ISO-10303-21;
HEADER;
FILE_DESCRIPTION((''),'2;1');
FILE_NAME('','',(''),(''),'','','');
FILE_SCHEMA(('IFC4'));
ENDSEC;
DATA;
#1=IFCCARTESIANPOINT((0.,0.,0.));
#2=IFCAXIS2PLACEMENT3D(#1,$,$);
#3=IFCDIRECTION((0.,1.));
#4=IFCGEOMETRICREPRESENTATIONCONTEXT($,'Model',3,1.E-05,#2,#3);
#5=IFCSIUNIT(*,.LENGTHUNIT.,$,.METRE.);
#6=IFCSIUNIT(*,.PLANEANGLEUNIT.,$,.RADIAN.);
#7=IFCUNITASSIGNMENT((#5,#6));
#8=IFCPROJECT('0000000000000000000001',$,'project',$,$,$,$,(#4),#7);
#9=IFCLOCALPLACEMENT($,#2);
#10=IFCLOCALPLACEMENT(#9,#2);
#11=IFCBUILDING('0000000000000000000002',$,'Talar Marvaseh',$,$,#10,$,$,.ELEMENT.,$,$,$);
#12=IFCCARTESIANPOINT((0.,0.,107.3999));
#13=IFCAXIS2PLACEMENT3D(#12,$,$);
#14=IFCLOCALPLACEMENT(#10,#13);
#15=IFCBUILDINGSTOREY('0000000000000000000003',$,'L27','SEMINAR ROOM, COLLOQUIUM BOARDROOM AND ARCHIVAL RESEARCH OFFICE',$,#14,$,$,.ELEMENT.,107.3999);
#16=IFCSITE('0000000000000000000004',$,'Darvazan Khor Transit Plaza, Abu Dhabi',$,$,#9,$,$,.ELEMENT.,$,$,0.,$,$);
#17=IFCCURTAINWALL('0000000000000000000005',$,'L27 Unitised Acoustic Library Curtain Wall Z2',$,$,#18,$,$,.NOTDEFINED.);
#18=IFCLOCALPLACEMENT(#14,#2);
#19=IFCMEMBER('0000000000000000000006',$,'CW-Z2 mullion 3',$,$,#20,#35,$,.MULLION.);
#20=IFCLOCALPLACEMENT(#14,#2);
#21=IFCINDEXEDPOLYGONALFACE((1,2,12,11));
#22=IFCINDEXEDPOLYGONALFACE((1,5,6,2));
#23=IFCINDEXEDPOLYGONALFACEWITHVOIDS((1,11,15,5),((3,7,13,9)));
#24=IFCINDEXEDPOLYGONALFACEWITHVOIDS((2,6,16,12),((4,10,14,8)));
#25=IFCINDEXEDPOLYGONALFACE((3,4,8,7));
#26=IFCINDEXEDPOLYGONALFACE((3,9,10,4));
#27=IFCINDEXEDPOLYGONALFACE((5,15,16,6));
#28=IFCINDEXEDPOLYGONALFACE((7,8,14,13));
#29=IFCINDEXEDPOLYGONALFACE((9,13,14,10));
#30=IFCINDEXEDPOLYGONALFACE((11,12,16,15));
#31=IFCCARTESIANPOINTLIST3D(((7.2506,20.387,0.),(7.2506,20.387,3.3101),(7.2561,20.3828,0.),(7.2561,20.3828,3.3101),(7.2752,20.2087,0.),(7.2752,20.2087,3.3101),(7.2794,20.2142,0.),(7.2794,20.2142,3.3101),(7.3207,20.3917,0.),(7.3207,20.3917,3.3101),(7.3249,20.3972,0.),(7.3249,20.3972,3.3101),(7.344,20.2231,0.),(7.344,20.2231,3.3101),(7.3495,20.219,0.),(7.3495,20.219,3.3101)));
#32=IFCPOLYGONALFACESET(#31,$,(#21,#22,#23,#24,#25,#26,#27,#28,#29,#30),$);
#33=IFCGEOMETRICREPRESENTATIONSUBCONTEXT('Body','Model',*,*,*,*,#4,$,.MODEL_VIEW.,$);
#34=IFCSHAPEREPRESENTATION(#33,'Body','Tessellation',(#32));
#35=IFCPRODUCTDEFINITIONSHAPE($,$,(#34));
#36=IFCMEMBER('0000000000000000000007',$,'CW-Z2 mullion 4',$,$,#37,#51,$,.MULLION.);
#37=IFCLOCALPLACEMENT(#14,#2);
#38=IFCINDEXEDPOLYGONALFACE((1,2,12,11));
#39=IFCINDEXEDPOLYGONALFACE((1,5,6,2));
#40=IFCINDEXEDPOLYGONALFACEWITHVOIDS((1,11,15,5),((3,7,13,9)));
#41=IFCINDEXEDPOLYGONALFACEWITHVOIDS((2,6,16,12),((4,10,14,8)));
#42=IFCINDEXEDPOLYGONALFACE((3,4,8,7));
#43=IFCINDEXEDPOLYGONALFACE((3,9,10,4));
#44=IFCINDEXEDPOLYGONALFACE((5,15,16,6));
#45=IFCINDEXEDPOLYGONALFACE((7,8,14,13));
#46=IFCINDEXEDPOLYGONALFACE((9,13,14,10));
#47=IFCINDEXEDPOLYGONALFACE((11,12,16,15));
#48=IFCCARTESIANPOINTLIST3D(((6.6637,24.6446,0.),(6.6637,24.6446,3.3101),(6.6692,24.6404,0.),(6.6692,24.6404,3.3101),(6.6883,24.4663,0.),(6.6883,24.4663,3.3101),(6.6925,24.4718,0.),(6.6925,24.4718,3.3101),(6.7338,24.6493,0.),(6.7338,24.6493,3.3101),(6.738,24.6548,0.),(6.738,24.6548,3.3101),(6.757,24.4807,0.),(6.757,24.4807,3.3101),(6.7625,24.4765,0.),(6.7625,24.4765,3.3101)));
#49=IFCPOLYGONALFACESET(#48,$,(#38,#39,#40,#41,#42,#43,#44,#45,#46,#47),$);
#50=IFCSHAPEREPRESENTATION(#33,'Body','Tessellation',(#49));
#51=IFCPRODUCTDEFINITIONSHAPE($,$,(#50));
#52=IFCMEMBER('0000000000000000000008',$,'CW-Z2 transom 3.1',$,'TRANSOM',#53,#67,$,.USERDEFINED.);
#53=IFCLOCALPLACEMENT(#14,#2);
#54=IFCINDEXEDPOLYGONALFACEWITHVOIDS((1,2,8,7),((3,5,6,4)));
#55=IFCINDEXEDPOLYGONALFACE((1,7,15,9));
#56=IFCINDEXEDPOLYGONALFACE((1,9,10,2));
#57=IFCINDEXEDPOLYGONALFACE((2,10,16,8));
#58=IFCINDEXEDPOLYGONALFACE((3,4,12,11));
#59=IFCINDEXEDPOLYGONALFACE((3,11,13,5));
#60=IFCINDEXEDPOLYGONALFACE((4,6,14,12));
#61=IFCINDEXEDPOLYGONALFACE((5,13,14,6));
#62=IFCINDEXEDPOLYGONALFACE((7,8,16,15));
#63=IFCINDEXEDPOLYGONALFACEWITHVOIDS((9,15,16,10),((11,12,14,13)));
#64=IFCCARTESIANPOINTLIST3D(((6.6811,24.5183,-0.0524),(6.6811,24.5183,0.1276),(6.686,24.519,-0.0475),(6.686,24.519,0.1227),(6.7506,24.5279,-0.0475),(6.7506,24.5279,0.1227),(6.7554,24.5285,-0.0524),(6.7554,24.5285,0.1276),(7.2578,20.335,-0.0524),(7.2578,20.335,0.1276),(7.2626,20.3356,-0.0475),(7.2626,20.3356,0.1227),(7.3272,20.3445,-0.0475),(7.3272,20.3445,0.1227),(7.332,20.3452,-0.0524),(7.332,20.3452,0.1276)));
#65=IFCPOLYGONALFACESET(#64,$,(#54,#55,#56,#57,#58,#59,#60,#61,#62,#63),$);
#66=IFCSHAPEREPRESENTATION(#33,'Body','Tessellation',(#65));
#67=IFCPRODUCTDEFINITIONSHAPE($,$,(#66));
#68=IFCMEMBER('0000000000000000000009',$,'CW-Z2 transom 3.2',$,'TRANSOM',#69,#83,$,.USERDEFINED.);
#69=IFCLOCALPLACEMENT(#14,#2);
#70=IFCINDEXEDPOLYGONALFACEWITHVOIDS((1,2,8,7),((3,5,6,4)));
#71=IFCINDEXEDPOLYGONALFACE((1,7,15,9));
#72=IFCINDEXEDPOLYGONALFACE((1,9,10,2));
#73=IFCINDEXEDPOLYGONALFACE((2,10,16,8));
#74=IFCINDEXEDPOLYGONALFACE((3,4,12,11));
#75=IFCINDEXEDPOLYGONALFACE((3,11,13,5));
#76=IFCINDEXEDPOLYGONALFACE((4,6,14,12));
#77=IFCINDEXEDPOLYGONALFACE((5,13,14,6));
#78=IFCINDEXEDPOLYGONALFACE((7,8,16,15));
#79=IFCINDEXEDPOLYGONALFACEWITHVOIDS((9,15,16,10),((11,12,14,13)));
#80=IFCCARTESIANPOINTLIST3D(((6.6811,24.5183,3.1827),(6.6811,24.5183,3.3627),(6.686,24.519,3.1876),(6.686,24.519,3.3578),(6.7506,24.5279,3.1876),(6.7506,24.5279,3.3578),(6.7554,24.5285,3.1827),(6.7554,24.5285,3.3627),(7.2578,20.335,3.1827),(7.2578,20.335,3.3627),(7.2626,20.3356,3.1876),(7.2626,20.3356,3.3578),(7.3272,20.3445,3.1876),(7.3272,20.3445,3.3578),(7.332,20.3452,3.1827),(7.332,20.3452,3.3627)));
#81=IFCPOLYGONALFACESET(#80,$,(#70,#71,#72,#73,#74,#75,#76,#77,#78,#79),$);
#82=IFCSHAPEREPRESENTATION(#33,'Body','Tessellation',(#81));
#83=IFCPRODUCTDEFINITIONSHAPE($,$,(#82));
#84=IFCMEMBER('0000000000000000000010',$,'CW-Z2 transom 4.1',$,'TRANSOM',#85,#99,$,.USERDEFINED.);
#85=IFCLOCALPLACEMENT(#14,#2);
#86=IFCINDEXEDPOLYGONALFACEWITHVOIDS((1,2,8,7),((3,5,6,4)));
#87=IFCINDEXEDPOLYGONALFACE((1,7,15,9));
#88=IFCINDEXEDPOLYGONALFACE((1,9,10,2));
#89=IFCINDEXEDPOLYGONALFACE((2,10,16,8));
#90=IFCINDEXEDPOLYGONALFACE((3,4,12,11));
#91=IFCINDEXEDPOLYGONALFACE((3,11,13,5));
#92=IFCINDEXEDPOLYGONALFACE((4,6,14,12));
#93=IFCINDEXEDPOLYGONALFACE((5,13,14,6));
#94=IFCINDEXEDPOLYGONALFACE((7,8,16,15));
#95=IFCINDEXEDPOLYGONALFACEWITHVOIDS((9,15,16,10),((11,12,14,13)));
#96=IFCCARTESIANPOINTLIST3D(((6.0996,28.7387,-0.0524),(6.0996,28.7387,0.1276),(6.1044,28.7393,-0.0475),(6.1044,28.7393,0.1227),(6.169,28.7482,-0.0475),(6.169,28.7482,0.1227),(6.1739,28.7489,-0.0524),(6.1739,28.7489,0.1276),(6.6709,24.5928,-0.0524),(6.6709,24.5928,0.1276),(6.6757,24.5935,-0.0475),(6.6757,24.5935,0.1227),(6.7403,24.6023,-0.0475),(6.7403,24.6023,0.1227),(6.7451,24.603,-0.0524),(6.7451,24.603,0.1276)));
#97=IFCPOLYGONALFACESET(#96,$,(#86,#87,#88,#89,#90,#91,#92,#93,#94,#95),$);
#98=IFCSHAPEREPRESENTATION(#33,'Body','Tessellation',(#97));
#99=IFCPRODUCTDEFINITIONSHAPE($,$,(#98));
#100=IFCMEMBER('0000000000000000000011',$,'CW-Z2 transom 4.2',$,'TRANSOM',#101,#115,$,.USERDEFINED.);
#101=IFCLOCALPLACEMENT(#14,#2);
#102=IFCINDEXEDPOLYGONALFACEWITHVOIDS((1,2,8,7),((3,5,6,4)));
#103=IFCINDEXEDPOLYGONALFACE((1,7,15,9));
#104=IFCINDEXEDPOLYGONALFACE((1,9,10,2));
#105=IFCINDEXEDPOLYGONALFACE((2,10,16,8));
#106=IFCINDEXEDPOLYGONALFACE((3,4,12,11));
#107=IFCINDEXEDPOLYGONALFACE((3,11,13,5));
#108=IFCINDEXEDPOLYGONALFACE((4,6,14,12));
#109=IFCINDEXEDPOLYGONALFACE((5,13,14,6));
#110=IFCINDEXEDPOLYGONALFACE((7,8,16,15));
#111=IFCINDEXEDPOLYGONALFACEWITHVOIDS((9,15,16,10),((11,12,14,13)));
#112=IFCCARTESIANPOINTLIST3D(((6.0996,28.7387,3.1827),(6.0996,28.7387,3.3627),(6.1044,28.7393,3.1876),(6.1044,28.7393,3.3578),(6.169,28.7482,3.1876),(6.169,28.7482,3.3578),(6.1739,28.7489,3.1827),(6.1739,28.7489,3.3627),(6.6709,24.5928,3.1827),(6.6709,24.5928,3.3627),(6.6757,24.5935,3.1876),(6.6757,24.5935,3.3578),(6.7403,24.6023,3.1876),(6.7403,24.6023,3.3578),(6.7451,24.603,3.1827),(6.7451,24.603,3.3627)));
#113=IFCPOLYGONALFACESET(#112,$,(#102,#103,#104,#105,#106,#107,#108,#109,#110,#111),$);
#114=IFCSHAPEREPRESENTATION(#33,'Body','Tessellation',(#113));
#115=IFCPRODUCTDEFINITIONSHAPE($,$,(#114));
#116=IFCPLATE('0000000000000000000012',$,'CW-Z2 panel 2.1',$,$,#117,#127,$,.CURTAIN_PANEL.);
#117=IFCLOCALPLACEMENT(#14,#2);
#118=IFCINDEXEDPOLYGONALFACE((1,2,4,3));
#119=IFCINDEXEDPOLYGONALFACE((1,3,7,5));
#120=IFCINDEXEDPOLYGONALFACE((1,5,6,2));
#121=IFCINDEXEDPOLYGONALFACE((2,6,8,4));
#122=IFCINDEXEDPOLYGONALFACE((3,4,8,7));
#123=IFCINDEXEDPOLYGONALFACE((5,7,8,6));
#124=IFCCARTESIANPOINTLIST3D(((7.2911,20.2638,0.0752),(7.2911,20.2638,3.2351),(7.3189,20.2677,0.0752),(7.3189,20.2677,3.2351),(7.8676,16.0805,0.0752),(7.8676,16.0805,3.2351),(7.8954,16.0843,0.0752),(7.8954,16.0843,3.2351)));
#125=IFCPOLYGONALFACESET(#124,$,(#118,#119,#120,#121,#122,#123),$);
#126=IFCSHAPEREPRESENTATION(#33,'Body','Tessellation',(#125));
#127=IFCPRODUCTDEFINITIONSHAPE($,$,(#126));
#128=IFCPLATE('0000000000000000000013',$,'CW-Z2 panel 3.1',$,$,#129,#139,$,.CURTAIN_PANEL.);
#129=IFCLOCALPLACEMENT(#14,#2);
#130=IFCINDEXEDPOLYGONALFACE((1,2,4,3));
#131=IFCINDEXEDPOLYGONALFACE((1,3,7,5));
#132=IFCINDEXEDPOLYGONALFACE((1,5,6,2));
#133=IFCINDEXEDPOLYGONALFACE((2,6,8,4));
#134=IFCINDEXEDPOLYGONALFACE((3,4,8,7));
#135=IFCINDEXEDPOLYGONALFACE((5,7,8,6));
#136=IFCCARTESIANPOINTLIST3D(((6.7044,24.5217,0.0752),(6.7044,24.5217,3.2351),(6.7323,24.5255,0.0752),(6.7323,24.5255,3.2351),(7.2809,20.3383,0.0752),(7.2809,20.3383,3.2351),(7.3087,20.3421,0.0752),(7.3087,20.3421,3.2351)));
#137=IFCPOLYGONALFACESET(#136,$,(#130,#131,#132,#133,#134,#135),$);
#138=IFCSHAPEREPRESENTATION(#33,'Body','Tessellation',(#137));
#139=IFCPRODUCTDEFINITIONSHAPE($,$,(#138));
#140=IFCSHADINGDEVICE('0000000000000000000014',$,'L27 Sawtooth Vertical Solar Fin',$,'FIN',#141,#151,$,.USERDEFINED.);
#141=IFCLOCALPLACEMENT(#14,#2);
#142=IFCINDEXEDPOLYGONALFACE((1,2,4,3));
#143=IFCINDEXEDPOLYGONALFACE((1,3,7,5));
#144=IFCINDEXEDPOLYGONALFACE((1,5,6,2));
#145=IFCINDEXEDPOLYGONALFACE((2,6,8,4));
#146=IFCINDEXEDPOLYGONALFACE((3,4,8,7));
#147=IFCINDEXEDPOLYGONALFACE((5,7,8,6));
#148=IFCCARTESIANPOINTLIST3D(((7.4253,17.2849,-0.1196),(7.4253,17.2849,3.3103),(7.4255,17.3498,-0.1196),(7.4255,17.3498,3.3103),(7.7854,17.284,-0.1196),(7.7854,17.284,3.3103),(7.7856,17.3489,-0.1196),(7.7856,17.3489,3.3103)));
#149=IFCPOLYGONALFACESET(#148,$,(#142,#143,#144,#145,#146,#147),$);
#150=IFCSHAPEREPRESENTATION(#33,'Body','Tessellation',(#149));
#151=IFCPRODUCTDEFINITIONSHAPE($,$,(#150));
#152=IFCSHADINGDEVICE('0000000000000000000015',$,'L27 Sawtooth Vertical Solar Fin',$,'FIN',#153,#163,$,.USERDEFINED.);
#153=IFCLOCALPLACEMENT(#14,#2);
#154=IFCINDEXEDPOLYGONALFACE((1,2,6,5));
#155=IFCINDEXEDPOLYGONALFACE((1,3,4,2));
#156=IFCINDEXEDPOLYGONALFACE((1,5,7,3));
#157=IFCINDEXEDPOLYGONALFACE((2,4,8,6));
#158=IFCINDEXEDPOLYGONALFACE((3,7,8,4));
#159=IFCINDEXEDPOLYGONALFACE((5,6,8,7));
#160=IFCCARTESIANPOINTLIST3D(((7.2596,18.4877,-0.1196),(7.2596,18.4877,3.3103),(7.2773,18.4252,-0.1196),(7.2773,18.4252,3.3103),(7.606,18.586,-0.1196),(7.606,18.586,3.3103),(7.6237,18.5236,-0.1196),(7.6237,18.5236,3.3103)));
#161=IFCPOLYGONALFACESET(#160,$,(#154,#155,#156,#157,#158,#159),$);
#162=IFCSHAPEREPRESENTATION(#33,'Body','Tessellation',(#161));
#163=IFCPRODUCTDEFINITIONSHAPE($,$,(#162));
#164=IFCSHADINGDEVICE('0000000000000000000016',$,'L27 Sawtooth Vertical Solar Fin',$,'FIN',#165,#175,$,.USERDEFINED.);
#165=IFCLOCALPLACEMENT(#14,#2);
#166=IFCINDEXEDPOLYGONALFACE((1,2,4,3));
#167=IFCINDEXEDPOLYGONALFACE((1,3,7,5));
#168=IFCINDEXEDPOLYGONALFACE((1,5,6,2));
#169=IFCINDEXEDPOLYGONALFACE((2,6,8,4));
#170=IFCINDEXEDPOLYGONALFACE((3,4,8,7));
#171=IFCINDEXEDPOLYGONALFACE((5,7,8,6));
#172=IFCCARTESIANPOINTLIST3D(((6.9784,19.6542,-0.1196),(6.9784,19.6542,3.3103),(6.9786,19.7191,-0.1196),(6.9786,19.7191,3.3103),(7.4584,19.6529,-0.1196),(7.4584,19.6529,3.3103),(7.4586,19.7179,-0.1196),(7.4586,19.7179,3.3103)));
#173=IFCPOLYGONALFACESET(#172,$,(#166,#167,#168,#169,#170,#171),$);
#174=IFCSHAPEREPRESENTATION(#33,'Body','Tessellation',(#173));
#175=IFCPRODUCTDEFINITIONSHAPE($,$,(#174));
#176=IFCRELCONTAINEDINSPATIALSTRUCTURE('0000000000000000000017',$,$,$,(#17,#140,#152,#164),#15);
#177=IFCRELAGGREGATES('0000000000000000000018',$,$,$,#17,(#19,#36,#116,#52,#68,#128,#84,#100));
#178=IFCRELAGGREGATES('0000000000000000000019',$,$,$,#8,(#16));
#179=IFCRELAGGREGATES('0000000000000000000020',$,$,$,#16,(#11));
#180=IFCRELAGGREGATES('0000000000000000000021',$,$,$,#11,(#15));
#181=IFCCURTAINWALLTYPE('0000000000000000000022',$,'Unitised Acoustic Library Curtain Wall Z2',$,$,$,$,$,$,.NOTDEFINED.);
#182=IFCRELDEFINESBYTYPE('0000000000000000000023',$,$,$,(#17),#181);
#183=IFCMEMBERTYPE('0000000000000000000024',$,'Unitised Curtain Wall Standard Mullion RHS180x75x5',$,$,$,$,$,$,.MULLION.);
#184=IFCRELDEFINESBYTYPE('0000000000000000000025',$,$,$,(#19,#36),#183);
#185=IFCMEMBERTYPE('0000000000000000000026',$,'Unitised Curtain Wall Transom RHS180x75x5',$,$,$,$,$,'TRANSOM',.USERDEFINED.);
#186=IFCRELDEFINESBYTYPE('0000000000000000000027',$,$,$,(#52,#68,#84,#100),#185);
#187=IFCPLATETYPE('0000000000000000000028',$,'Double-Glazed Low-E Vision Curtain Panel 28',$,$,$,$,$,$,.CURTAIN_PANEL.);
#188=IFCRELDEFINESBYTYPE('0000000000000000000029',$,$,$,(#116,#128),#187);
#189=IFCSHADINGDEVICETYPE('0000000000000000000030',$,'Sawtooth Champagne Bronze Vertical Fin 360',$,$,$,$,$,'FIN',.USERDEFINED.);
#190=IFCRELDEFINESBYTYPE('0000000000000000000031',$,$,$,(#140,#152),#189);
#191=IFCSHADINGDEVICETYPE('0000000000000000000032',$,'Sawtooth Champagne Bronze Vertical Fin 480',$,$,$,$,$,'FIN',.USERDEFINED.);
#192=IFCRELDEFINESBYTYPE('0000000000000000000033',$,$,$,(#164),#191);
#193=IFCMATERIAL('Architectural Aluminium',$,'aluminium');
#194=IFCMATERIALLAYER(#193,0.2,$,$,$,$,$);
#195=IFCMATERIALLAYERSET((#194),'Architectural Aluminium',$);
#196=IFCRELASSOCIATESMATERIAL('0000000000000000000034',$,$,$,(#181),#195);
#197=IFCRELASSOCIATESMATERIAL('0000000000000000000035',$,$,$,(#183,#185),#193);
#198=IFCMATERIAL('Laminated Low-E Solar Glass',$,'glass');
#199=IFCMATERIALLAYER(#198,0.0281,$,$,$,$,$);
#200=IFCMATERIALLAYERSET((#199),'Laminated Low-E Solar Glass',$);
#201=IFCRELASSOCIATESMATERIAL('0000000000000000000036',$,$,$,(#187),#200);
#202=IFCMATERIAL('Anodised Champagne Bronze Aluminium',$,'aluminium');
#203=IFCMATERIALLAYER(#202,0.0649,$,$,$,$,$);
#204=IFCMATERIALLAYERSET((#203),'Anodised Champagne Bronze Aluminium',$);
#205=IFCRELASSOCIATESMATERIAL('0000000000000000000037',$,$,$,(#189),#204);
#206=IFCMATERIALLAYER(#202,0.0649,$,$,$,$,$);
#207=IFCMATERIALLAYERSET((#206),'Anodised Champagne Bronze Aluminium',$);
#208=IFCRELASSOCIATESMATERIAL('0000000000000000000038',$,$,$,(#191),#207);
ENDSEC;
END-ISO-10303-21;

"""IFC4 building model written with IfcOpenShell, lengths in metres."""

from ifc_helpers import new_model, si_unit, direction, frame, origin, origin_2d, place, context, subcontext, project, spatial, rectangle, hollow_rectangle, extrude, source, transform, mapped, material, layer, layer_set, material_profile, profile_set, type_object, type_shapes, element, aggregate, save


model = new_model("IFC4")

# Units and contexts
model_context = context("Model", 3, precision=1e-05, world=origin(), true_north=direction((0.0, 1.0)))
body_context = subcontext(model_context, "Body", "Model", "MODEL_VIEW")
ifc_project = project(units=[si_unit("LENGTHUNIT", "METRE"), si_unit("PLANEANGLEUNIT", "RADIAN")], contexts=[model_context])

# Site, building, storey
site_placement = place(None, origin())
site = spatial("IfcSite", under=ifc_project, at=site_placement, Name="Darvazan Khor Transit Plaza, Abu Dhabi", CompositionType="ELEMENT", RefElevation=0.0)
building_placement = place(site_placement, origin())
building = spatial("IfcBuilding", under=site, at=building_placement, Name="Talar Marvaseh", CompositionType="ELEMENT")
storey_placement = place(building_placement, frame((0.0, 0.0, 107.3999)))
storey = spatial("IfcBuildingStorey", under=building, at=storey_placement, Name="L27", Description="SEMINAR ROOM, COLLOQUIUM BOARDROOM AND ARCHIVAL RESEARCH OFFICE", CompositionType="ELEMENT", Elevation=107.3999)

# Curtain wall, members, plates
ifc_material_1 = material(Name="Architectural Aluminium", Category="aluminium")
ifc_layer_1 = layer(ifc_material_1, 0.2)
ifc_layer_set_1 = layer_set([ifc_layer_1], Name="Architectural Aluminium")
curtain_wall_type = type_object("IfcCurtainWallType", Name="Unitised Acoustic Library Curtain Wall Z2", PredefinedType="NOTDEFINED", material=ifc_layer_set_1)
curtain_wall_placement = place(storey_placement, origin())
curtain_wall = element("IfcCurtainWall", 1, at=curtain_wall_placement, inside=storey, type_object=curtain_wall_type, Name="L27 Unitised Acoustic Library Curtain Wall Z2", PredefinedType="NOTDEFINED")
ifc_material_profile_1 = material_profile(ifc_material_1, hollow_rectangle(XDim=0.075, YDim=0.1799, WallThickness=0.0049, at=origin_2d()), Name="RHS180x75x5")
ifc_profile_set_1 = profile_set([ifc_material_profile_1], Name="Architectural Aluminium")
member_type_1 = type_object("IfcMemberType", Name="Unitised Curtain Wall Standard Mullion RHS180x75x5", PredefinedType="MULLION", material=ifc_profile_set_1)
shared_shape_1 = source(origin(), body_context, "Body", "SweptSolid", [
    extrude(hollow_rectangle(XDim=0.075, YDim=0.1799, WallThickness=0.0049, at=origin_2d()), origin(), (0.0, 0.0, 1.0), 3.3101),
])
type_shapes(member_type_1, [shared_shape_1])
member_1_placement = place(storey_placement, frame((7.3, 20.303, 0.0), z_axis=(0.0, 0.0, 1.0), x_axis=(-0.990638, -0.136515, 0.0)))
member_1 = element("IfcMember", 2, at=member_1_placement, type_object=member_type_1, Name="CW-Z2 mullion 3", PredefinedType="MULLION", context=body_context, shape_type="MappedRepresentation", body=[
    mapped(shared_shape_1, transform((0.0, 0.0, 0.0), x_axis=(1.0, 0.0, 0.0), y_axis=(0.0, 1.0, 0.0), z_axis=(0.0, 0.0, 1.0), scale=1.0)),
])
member_2_placement = place(storey_placement, frame((6.7131, 24.5605, 0.0), z_axis=(0.0, 0.0, 1.0), x_axis=(-0.990638, -0.136515, 0.0)))
member_2 = element("IfcMember", 3, at=member_2_placement, type_object=member_type_1, Name="CW-Z2 mullion 4", PredefinedType="MULLION", context=body_context, shape_type="MappedRepresentation", body=[
    mapped(shared_shape_1, transform((0.0, 0.0, 0.0), x_axis=(1.0, 0.0, 0.0), y_axis=(0.0, 1.0, 0.0), z_axis=(0.0, 0.0, 1.0), scale=1.0)),
])
ifc_material_profile_2 = material_profile(ifc_material_1, hollow_rectangle(XDim=0.075, YDim=0.1799, WallThickness=0.0049, at=origin_2d()), Name="RHS180x75x5")
ifc_profile_set_2 = profile_set([ifc_material_profile_2], Name="Architectural Aluminium")
member_type_2 = type_object("IfcMemberType", Name="Unitised Curtain Wall Transom RHS180x75x5", ElementType="TRANSOM", PredefinedType="USERDEFINED", material=ifc_profile_set_2)
shared_shape_2 = source(origin(), body_context, "Body", "SweptSolid", [
    extrude(hollow_rectangle(XDim=0.075, YDim=0.1799, WallThickness=0.0049, at=origin_2d()), origin(), (0.0, 0.0, 1.0), 4.2229),
])
member_3_placement = place(storey_placement, frame((7.2949, 20.3401, 0.0376), z_axis=(-0.136555, 0.990632, 0.0), x_axis=(-0.990632, -0.136555, 0.0)))
member_3 = element("IfcMember", 4, at=member_3_placement, type_object=member_type_2, Name="CW-Z2 transom 3.1", ObjectType="TRANSOM", PredefinedType="USERDEFINED", context=body_context, shape_type="MappedRepresentation", body=[
    mapped(shared_shape_2, transform((0.0, 0.0, 0.0), x_axis=(1.0, 0.0, 0.0), y_axis=(0.0, 1.0, 0.0), z_axis=(0.0, 0.0, 1.0), scale=1.0)),
])
member_4_placement = place(storey_placement, frame((7.2949, 20.3401, 3.2727), z_axis=(-0.136555, 0.990632, 0.0), x_axis=(-0.990632, -0.136555, 0.0)))
member_4 = element("IfcMember", 5, at=member_4_placement, type_object=member_type_2, Name="CW-Z2 transom 3.2", ObjectType="TRANSOM", PredefinedType="USERDEFINED", context=body_context, shape_type="MappedRepresentation", body=[
    mapped(shared_shape_2, transform((0.0, 0.0, 0.0), x_axis=(1.0, 0.0, 0.0), y_axis=(0.0, 1.0, 0.0), z_axis=(0.0, 0.0, 1.0), scale=1.0)),
])
shared_shape_3 = source(origin(), body_context, "Body", "SweptSolid", [
    extrude(hollow_rectangle(XDim=0.075, YDim=0.1799, WallThickness=0.0049, at=origin_2d()), origin(), (0.0, 0.0, 1.0), 4.1851),
])
type_shapes(member_type_2, [shared_shape_2, shared_shape_3])
member_5_placement = place(storey_placement, frame((6.708, 24.5979, 0.0376), z_axis=(-0.136503, 0.99064, 0.0), x_axis=(-0.99064, -0.136503, 0.0)))
member_5 = element("IfcMember", 6, at=member_5_placement, type_object=member_type_2, Name="CW-Z2 transom 4.1", ObjectType="TRANSOM", PredefinedType="USERDEFINED", context=body_context, shape_type="MappedRepresentation", body=[
    mapped(shared_shape_3, transform((0.0, 0.0, 0.0), x_axis=(1.0, 0.0, 0.0), y_axis=(0.0, 1.0, 0.0), z_axis=(0.0, 0.0, 1.0), scale=1.0)),
])
member_6_placement = place(storey_placement, frame((6.708, 24.5979, 3.2727), z_axis=(-0.136503, 0.99064, 0.0), x_axis=(-0.99064, -0.136503, 0.0)))
member_6 = element("IfcMember", 7, at=member_6_placement, type_object=member_type_2, Name="CW-Z2 transom 4.2", ObjectType="TRANSOM", PredefinedType="USERDEFINED", context=body_context, shape_type="MappedRepresentation", body=[
    mapped(shared_shape_3, transform((0.0, 0.0, 0.0), x_axis=(1.0, 0.0, 0.0), y_axis=(0.0, 1.0, 0.0), z_axis=(0.0, 0.0, 1.0), scale=1.0)),
])
ifc_material_2 = material(Name="Laminated Low-E Solar Glass", Category="glass")
ifc_layer_2 = layer(ifc_material_2, 0.0281)
ifc_layer_set_2 = layer_set([ifc_layer_2], Name="Laminated Low-E Solar Glass")
plate_type = type_object("IfcPlateType", Name="Double-Glazed Low-E Vision Curtain Panel 28", PredefinedType="CURTAIN_PANEL", material=ifc_layer_set_2)
shared_shape_4 = source(origin(), body_context, "Body", "SweptSolid", [
    extrude(rectangle(XDim=4.2229, YDim=0.0281, at=origin_2d()), origin(), (0.0, 0.0, 1.0), 3.1599),
])
type_shapes(plate_type, [shared_shape_4])
plate_1_placement = place(storey_placement, frame((7.5933, 18.1741, 0.0752), z_axis=(0.0, 0.0, 1.0), x_axis=(-0.136515, 0.990638, 0.0)))
plate_1 = element("IfcPlate", 8, at=plate_1_placement, type_object=plate_type, Name="CW-Z2 panel 2.1", PredefinedType="CURTAIN_PANEL", context=body_context, shape_type="MappedRepresentation", body=[
    mapped(shared_shape_4, transform((0.0, 0.0, 0.0), x_axis=(1.0, 0.0, 0.0), y_axis=(0.0, 1.0, 0.0), z_axis=(0.0, 0.0, 1.0), scale=1.0)),
])
plate_2_placement = place(storey_placement, frame((7.0066, 22.4319, 0.0752), z_axis=(0.0, 0.0, 1.0), x_axis=(-0.136515, 0.990638, 0.0)))
plate_2 = element("IfcPlate", 9, at=plate_2_placement, type_object=plate_type, Name="CW-Z2 panel 3.1", PredefinedType="CURTAIN_PANEL", context=body_context, shape_type="MappedRepresentation", body=[
    mapped(shared_shape_4, transform((0.0, 0.0, 0.0), x_axis=(1.0, 0.0, 0.0), y_axis=(0.0, 1.0, 0.0), z_axis=(0.0, 0.0, 1.0), scale=1.0)),
])
aggregate(curtain_wall, [member_1, member_2, plate_1, member_3, member_4, plate_2, member_5, member_6])

# Shading devices
ifc_material_3 = material(Name="Anodised Champagne Bronze Aluminium", Category="aluminium")
ifc_layer_3 = layer(ifc_material_3, 0.0649)
ifc_layer_set_3 = layer_set([ifc_layer_3], Name="Anodised Champagne Bronze Aluminium")
shading_device_type_1 = type_object("IfcShadingDeviceType", Name="Sawtooth Champagne Bronze Vertical Fin 360", ElementType="FIN", PredefinedType="USERDEFINED", material=ifc_layer_set_3)
shared_shape_5 = source(origin(), body_context, "Body", "SweptSolid", [
    extrude(rectangle(XDim=0.3601, YDim=0.0649, at=origin_2d()), origin(), (0.0, 0.0, 1.0), 3.4299),
])
type_shapes(shading_device_type_1, [shared_shape_5])
for number, where, z_axis, x_axis, name in (
    (10, (7.6055, 17.3169, -0.1196), (0.0, 0.0, 1.0), (-0.999997, 0.002618, 0.0), "L27 Sawtooth Vertical Solar Fin"),
    (11, (7.4417, 18.5056, -0.1196), (0.0, 0.0, 1.0), (-0.96198, -0.27312, 0.0), "L27 Sawtooth Vertical Solar Fin"),
):
    element("IfcShadingDevice", number, at=place(storey_placement, frame(where, z_axis=z_axis, x_axis=x_axis)), inside=storey, type_object=shading_device_type_1, Name=name, ObjectType="FIN", PredefinedType="USERDEFINED", context=body_context, shape_type="MappedRepresentation", body=[
        mapped(shared_shape_5, transform((0.0, 0.0, 0.0), x_axis=(1.0, 0.0, 0.0), y_axis=(0.0, 1.0, 0.0), z_axis=(0.0, 0.0, 1.0), scale=1.0)),
    ])
ifc_layer_4 = layer(ifc_material_3, 0.0649)
ifc_layer_set_4 = layer_set([ifc_layer_4], Name="Anodised Champagne Bronze Aluminium")
shading_device_type_2 = type_object("IfcShadingDeviceType", Name="Sawtooth Champagne Bronze Vertical Fin 480", ElementType="FIN", PredefinedType="USERDEFINED", material=ifc_layer_set_4)
shared_shape_6 = source(origin(), body_context, "Body", "SweptSolid", [
    extrude(rectangle(XDim=0.48, YDim=0.0649, at=origin_2d()), origin(), (0.0, 0.0, 1.0), 3.4299),
])
type_shapes(shading_device_type_2, [shared_shape_6])
for number, where, z_axis, x_axis, name in (
    (12, (7.2185, 19.686, -0.1196), (0.0, 0.0, 1.0), (-0.999997, 0.002618, 0.0), "L27 Sawtooth Vertical Solar Fin"),
):
    element("IfcShadingDevice", number, at=place(storey_placement, frame(where, z_axis=z_axis, x_axis=x_axis)), inside=storey, type_object=shading_device_type_2, Name=name, ObjectType="FIN", PredefinedType="USERDEFINED", context=body_context, shape_type="MappedRepresentation", body=[
        mapped(shared_shape_6, transform((0.0, 0.0, 0.0), x_axis=(1.0, 0.0, 0.0), y_axis=(0.0, 1.0, 0.0), z_axis=(0.0, 0.0, 1.0), scale=1.0)),
    ])

save(model, "model.ifc")
